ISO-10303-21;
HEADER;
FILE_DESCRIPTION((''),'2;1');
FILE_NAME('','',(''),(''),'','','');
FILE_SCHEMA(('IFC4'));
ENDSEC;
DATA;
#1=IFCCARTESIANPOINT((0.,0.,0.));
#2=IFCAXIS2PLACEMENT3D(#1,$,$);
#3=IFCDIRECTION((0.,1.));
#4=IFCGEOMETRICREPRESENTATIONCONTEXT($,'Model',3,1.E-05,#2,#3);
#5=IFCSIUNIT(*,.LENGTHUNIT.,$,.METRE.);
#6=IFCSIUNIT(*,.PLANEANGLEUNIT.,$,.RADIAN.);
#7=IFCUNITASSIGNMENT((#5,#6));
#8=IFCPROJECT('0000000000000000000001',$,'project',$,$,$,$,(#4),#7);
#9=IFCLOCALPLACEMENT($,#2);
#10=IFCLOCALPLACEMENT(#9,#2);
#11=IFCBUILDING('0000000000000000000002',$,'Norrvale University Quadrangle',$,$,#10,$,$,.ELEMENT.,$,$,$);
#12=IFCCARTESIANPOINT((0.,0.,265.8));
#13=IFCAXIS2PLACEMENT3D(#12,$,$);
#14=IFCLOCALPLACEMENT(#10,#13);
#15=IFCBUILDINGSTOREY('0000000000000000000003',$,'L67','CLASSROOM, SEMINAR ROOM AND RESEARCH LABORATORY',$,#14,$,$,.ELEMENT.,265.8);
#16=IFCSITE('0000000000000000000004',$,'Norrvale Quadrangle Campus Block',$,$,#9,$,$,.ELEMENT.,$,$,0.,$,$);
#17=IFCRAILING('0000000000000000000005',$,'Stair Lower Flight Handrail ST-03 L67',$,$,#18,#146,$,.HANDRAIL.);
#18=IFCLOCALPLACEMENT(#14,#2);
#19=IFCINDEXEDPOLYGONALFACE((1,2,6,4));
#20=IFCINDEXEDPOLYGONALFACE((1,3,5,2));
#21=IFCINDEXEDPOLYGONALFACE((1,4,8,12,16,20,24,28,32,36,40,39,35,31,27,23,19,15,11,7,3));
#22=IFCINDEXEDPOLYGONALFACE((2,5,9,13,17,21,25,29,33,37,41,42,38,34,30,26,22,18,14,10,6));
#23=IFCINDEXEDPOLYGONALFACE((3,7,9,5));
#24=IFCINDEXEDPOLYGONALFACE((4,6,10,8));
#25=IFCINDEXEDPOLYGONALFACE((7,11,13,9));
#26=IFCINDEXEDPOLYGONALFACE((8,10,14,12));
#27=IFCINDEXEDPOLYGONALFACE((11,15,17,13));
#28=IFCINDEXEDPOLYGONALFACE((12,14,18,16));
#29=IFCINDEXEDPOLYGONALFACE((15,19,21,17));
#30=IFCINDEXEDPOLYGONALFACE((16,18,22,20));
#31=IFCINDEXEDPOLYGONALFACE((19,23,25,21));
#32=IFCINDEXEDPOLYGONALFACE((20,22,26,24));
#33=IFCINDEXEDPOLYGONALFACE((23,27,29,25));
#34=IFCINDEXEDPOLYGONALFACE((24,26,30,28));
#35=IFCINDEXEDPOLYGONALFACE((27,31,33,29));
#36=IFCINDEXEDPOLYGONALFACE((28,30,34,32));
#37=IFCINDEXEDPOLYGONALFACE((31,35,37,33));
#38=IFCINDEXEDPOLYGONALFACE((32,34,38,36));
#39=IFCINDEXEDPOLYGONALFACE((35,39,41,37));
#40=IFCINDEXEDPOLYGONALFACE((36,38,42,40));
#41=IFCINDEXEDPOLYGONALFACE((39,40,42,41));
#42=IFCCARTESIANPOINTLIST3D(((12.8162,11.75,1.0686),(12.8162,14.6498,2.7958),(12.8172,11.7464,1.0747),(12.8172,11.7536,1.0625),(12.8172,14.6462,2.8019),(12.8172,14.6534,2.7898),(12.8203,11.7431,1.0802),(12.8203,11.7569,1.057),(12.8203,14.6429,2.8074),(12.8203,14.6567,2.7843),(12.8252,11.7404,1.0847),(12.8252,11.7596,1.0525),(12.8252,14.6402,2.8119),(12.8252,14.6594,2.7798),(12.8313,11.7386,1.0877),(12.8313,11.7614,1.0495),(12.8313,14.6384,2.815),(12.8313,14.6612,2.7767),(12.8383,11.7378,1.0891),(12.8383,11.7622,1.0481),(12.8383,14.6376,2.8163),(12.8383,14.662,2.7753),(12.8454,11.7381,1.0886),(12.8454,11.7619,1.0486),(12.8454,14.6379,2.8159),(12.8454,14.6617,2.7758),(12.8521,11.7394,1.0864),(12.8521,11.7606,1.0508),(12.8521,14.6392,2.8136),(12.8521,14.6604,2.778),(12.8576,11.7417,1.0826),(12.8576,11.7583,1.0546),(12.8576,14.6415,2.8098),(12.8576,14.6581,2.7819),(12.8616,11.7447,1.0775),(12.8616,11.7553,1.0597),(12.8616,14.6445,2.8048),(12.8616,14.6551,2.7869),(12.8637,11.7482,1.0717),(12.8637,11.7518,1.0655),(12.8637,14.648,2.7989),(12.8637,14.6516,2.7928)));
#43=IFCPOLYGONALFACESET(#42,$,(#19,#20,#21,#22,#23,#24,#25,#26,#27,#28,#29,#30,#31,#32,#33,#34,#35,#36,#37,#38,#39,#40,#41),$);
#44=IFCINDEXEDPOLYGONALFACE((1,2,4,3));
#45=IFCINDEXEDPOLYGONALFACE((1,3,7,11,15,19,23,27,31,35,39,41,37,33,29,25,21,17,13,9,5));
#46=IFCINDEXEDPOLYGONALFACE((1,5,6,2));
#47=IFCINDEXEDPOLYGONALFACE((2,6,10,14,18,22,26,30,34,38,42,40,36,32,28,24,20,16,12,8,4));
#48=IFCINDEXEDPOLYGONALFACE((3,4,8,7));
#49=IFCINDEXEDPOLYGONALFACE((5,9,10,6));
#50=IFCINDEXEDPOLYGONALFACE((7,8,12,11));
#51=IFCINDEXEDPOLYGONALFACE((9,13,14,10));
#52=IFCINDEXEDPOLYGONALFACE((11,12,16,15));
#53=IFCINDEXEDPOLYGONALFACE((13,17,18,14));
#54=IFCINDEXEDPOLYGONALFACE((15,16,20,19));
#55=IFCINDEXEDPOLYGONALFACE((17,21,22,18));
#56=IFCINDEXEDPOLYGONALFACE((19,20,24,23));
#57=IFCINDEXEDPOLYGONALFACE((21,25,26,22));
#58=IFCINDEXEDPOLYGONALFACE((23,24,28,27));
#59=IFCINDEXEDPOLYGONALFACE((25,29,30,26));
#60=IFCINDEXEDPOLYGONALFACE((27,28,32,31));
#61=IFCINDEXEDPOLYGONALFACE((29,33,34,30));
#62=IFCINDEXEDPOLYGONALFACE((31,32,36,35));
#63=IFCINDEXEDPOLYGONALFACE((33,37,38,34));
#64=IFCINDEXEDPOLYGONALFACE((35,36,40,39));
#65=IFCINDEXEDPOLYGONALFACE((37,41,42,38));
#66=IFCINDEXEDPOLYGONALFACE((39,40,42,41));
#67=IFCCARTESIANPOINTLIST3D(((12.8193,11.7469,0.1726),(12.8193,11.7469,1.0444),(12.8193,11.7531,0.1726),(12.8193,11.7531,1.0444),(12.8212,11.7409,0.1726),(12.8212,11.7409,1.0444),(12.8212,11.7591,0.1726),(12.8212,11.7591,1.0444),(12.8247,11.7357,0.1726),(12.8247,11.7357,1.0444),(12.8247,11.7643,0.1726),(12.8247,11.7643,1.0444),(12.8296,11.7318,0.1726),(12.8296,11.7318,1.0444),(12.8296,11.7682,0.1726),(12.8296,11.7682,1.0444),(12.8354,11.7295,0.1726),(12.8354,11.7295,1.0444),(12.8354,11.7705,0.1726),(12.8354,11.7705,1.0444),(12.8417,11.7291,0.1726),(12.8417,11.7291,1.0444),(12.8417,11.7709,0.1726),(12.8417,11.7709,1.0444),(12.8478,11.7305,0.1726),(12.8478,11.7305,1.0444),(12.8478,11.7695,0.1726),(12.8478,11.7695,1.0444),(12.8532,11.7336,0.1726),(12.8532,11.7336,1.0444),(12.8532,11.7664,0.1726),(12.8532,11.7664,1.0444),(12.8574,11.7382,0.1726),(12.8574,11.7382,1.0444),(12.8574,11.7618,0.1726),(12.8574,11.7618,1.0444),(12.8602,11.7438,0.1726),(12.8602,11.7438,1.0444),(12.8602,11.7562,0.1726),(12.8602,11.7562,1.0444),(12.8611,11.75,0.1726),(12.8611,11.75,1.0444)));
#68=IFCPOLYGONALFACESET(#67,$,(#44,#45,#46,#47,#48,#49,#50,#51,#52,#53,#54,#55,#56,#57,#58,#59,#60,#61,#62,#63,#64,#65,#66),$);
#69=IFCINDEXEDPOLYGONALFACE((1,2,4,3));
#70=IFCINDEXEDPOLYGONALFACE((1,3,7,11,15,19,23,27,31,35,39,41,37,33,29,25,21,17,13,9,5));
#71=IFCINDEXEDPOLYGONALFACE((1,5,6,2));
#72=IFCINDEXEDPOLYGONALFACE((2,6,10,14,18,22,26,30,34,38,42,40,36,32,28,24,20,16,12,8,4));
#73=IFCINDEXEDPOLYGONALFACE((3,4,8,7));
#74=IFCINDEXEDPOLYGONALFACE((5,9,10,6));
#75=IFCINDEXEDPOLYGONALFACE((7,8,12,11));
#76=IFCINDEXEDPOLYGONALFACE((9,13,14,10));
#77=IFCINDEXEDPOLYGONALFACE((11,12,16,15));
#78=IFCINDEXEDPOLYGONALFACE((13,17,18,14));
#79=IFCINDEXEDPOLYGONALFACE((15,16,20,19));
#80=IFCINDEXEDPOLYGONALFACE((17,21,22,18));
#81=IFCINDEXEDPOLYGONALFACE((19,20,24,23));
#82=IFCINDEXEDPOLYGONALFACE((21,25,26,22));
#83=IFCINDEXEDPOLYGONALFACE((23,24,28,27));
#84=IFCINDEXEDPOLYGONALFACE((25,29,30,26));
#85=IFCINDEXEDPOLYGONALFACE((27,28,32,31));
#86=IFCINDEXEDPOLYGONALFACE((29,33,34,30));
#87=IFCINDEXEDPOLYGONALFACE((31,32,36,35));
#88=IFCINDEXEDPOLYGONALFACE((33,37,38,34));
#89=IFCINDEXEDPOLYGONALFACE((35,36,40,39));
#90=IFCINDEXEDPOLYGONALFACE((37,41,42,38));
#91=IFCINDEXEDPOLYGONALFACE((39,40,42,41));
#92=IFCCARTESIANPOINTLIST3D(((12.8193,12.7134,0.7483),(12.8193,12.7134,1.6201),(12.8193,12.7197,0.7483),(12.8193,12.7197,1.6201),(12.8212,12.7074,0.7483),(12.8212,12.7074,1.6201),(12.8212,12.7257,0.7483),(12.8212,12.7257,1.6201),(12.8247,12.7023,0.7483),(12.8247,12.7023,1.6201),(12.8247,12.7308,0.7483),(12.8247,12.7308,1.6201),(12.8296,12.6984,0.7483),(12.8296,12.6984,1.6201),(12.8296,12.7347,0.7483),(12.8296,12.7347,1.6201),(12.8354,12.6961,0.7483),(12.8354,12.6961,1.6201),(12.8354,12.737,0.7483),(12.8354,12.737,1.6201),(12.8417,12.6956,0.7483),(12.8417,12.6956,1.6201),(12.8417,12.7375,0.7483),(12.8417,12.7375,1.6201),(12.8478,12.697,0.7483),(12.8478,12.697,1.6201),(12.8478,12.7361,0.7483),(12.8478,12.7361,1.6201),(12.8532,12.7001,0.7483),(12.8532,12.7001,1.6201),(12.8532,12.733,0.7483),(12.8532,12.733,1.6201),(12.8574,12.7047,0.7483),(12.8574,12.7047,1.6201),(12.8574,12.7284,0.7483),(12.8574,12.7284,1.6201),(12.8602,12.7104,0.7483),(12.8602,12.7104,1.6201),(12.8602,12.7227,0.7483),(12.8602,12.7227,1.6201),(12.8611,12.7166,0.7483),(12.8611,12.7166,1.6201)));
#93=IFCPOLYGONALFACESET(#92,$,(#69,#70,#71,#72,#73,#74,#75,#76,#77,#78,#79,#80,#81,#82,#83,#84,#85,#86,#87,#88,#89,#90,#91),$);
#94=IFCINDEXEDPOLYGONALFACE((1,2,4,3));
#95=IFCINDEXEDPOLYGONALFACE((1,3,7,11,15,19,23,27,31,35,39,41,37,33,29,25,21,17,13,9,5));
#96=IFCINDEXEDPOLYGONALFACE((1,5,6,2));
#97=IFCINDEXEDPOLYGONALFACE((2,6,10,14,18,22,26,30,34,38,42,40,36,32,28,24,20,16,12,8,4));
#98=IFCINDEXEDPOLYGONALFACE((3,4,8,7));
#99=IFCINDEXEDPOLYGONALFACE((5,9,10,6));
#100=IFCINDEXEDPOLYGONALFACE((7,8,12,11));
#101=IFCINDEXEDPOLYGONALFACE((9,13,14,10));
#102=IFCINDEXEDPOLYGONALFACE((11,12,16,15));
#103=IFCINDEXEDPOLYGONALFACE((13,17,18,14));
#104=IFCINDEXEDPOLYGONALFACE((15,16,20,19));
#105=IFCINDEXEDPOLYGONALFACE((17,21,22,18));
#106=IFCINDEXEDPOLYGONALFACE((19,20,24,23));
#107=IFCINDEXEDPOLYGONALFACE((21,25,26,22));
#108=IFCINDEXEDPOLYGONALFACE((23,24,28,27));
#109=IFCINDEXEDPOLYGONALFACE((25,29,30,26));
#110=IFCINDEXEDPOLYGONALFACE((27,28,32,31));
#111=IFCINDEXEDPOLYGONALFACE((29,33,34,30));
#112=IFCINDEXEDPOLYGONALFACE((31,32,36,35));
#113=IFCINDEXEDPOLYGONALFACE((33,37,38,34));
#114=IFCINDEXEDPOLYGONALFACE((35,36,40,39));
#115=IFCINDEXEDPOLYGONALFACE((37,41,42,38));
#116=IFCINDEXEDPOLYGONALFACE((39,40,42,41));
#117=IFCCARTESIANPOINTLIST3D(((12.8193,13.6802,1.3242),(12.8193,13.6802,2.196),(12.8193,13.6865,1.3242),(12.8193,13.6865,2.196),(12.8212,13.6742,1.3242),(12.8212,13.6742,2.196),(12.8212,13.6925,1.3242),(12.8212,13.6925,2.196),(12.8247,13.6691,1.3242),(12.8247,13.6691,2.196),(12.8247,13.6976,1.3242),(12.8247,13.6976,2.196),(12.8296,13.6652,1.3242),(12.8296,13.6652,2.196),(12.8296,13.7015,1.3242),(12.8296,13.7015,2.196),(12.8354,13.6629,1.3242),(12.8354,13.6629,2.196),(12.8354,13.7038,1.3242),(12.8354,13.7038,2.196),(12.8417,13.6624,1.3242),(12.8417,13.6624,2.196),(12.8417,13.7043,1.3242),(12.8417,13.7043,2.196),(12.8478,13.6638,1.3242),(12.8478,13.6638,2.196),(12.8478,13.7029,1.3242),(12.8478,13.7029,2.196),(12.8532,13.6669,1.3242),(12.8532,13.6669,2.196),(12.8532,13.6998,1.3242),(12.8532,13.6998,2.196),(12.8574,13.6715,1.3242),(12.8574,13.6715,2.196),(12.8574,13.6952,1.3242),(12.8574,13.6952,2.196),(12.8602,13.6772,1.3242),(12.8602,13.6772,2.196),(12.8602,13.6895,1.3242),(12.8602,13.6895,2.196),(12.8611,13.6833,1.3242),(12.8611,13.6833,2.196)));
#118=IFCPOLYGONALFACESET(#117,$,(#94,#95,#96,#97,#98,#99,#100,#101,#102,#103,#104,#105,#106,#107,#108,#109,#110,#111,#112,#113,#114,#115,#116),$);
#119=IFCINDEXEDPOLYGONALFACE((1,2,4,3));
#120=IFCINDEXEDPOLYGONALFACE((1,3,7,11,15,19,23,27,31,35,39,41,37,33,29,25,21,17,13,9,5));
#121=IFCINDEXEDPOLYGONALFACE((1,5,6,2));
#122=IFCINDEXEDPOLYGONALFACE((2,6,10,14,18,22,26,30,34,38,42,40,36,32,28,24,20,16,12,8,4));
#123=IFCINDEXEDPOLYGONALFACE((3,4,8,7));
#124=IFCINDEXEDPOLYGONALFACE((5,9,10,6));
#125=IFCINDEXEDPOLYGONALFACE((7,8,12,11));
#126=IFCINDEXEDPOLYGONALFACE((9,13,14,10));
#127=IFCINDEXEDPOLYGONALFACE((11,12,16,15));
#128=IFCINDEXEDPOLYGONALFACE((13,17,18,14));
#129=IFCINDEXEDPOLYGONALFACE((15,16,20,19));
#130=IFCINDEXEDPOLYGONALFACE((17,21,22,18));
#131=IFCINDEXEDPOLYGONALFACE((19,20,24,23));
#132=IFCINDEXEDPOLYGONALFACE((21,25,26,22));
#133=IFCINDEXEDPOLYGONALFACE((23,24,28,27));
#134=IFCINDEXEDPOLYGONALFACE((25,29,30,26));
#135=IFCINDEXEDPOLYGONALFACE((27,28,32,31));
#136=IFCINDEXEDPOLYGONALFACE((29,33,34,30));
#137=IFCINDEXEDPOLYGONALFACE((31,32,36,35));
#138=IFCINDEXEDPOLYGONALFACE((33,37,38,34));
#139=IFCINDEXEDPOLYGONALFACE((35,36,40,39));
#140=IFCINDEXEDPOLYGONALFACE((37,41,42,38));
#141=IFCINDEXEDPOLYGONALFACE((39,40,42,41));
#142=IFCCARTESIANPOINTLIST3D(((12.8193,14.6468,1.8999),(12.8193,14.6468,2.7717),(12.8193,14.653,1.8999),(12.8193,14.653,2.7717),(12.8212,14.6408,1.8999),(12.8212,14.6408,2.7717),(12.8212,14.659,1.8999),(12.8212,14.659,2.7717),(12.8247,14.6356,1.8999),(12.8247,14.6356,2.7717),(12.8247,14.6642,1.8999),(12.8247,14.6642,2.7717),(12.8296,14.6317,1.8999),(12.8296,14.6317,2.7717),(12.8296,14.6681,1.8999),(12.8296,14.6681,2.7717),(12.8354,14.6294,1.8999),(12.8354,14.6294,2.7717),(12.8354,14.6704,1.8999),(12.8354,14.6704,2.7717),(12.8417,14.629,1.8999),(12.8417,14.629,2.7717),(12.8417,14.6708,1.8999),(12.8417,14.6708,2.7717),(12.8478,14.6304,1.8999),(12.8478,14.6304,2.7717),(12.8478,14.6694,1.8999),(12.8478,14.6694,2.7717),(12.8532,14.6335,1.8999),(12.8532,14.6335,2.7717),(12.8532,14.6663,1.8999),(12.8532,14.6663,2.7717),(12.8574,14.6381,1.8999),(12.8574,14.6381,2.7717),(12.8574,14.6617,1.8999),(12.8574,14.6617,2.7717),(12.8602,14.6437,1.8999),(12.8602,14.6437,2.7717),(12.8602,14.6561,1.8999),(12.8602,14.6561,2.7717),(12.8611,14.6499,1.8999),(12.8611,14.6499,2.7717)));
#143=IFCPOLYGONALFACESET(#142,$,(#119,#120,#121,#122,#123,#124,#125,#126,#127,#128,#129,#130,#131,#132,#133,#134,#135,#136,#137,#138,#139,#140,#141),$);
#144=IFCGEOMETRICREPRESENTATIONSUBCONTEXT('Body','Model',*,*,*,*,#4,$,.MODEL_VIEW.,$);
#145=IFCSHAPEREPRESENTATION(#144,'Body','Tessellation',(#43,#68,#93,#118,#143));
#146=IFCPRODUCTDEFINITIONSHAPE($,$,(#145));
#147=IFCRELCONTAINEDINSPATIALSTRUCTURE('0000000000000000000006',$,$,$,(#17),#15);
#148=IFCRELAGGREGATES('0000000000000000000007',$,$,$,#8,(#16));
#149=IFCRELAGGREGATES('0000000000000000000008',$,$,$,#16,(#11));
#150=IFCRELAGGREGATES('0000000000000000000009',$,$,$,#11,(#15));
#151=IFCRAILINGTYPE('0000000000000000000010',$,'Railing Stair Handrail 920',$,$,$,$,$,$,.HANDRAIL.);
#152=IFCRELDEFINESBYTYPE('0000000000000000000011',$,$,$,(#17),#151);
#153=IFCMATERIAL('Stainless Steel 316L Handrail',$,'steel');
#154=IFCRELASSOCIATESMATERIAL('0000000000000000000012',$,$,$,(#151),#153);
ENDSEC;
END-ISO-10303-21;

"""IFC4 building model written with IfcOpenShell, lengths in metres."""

from ifc_helpers import new_model, si_unit, direction, frame, origin, origin_2d, place, context, subcontext, project, spatial, circle, extrude, material, type_object, element, save


model = new_model("IFC4")

# Units and contexts
model_context = context("Model", 3, precision=1e-05, world=origin(), true_north=direction((0.0, 1.0)))
body_context = subcontext(model_context, "Body", "Model", "MODEL_VIEW")
ifc_project = project(units=[si_unit("LENGTHUNIT", "METRE"), si_unit("PLANEANGLEUNIT", "RADIAN")], contexts=[model_context])

# Site, building, storey
site_placement = place(None, origin())
site = spatial("IfcSite", under=ifc_project, at=site_placement, Name="Norrvale Quadrangle Campus Block", CompositionType="ELEMENT", RefElevation=0.0)
building_placement = place(site_placement, origin())
building = spatial("IfcBuilding", under=site, at=building_placement, Name="Norrvale University Quadrangle", CompositionType="ELEMENT")
storey_placement = place(building_placement, frame((0.0, 0.0, 265.8)))
storey = spatial("IfcBuildingStorey", under=building, at=storey_placement, Name="L67", Description="CLASSROOM, SEMINAR ROOM AND RESEARCH LABORATORY", CompositionType="ELEMENT", Elevation=265.8)

# Railing
ifc_material_1 = material(Name="Stainless Steel 316L Handrail", Category="steel")
railing_type_1 = type_object("IfcRailingType", Name="Railing Stair Handrail 920", PredefinedType="HANDRAIL", material=ifc_material_1)
railing_1_placement = place(storey_placement, frame((12.8401, 11.75, 0.1726)))
element("IfcRailing", 1, at=railing_1_placement, inside=storey, type_object=railing_type_1, Name="Stair Lower Flight Handrail ST-03 L67", PredefinedType="HANDRAIL", context=body_context, shape_type="SweptSolid", body=[
    extrude(circle(Radius=0.0239, at=origin_2d()), frame((0.0, 0.0, 0.896), z_axis=(0.0, 0.859141, 0.511738), x_axis=(-1.0, 0.0, 0.0)), (0.0, 0.0, 1.0), 3.3752),
    extrude(circle(Radius=0.021, at=origin_2d()), origin(), (0.0, 0.0, 1.0), 0.8718),
    extrude(circle(Radius=0.021, at=origin_2d()), frame((0.0, 0.9666, 0.5757)), (0.0, 0.0, 1.0), 0.8718),
    extrude(circle(Radius=0.021, at=origin_2d()), frame((0.0, 1.9333, 1.1516)), (0.0, 0.0, 1.0), 0.8718),
    extrude(circle(Radius=0.021, at=origin_2d()), frame((0.0, 2.8999, 1.7273)), (0.0, 0.0, 1.0), 0.8718),
])

save(model, "model.ifc")
